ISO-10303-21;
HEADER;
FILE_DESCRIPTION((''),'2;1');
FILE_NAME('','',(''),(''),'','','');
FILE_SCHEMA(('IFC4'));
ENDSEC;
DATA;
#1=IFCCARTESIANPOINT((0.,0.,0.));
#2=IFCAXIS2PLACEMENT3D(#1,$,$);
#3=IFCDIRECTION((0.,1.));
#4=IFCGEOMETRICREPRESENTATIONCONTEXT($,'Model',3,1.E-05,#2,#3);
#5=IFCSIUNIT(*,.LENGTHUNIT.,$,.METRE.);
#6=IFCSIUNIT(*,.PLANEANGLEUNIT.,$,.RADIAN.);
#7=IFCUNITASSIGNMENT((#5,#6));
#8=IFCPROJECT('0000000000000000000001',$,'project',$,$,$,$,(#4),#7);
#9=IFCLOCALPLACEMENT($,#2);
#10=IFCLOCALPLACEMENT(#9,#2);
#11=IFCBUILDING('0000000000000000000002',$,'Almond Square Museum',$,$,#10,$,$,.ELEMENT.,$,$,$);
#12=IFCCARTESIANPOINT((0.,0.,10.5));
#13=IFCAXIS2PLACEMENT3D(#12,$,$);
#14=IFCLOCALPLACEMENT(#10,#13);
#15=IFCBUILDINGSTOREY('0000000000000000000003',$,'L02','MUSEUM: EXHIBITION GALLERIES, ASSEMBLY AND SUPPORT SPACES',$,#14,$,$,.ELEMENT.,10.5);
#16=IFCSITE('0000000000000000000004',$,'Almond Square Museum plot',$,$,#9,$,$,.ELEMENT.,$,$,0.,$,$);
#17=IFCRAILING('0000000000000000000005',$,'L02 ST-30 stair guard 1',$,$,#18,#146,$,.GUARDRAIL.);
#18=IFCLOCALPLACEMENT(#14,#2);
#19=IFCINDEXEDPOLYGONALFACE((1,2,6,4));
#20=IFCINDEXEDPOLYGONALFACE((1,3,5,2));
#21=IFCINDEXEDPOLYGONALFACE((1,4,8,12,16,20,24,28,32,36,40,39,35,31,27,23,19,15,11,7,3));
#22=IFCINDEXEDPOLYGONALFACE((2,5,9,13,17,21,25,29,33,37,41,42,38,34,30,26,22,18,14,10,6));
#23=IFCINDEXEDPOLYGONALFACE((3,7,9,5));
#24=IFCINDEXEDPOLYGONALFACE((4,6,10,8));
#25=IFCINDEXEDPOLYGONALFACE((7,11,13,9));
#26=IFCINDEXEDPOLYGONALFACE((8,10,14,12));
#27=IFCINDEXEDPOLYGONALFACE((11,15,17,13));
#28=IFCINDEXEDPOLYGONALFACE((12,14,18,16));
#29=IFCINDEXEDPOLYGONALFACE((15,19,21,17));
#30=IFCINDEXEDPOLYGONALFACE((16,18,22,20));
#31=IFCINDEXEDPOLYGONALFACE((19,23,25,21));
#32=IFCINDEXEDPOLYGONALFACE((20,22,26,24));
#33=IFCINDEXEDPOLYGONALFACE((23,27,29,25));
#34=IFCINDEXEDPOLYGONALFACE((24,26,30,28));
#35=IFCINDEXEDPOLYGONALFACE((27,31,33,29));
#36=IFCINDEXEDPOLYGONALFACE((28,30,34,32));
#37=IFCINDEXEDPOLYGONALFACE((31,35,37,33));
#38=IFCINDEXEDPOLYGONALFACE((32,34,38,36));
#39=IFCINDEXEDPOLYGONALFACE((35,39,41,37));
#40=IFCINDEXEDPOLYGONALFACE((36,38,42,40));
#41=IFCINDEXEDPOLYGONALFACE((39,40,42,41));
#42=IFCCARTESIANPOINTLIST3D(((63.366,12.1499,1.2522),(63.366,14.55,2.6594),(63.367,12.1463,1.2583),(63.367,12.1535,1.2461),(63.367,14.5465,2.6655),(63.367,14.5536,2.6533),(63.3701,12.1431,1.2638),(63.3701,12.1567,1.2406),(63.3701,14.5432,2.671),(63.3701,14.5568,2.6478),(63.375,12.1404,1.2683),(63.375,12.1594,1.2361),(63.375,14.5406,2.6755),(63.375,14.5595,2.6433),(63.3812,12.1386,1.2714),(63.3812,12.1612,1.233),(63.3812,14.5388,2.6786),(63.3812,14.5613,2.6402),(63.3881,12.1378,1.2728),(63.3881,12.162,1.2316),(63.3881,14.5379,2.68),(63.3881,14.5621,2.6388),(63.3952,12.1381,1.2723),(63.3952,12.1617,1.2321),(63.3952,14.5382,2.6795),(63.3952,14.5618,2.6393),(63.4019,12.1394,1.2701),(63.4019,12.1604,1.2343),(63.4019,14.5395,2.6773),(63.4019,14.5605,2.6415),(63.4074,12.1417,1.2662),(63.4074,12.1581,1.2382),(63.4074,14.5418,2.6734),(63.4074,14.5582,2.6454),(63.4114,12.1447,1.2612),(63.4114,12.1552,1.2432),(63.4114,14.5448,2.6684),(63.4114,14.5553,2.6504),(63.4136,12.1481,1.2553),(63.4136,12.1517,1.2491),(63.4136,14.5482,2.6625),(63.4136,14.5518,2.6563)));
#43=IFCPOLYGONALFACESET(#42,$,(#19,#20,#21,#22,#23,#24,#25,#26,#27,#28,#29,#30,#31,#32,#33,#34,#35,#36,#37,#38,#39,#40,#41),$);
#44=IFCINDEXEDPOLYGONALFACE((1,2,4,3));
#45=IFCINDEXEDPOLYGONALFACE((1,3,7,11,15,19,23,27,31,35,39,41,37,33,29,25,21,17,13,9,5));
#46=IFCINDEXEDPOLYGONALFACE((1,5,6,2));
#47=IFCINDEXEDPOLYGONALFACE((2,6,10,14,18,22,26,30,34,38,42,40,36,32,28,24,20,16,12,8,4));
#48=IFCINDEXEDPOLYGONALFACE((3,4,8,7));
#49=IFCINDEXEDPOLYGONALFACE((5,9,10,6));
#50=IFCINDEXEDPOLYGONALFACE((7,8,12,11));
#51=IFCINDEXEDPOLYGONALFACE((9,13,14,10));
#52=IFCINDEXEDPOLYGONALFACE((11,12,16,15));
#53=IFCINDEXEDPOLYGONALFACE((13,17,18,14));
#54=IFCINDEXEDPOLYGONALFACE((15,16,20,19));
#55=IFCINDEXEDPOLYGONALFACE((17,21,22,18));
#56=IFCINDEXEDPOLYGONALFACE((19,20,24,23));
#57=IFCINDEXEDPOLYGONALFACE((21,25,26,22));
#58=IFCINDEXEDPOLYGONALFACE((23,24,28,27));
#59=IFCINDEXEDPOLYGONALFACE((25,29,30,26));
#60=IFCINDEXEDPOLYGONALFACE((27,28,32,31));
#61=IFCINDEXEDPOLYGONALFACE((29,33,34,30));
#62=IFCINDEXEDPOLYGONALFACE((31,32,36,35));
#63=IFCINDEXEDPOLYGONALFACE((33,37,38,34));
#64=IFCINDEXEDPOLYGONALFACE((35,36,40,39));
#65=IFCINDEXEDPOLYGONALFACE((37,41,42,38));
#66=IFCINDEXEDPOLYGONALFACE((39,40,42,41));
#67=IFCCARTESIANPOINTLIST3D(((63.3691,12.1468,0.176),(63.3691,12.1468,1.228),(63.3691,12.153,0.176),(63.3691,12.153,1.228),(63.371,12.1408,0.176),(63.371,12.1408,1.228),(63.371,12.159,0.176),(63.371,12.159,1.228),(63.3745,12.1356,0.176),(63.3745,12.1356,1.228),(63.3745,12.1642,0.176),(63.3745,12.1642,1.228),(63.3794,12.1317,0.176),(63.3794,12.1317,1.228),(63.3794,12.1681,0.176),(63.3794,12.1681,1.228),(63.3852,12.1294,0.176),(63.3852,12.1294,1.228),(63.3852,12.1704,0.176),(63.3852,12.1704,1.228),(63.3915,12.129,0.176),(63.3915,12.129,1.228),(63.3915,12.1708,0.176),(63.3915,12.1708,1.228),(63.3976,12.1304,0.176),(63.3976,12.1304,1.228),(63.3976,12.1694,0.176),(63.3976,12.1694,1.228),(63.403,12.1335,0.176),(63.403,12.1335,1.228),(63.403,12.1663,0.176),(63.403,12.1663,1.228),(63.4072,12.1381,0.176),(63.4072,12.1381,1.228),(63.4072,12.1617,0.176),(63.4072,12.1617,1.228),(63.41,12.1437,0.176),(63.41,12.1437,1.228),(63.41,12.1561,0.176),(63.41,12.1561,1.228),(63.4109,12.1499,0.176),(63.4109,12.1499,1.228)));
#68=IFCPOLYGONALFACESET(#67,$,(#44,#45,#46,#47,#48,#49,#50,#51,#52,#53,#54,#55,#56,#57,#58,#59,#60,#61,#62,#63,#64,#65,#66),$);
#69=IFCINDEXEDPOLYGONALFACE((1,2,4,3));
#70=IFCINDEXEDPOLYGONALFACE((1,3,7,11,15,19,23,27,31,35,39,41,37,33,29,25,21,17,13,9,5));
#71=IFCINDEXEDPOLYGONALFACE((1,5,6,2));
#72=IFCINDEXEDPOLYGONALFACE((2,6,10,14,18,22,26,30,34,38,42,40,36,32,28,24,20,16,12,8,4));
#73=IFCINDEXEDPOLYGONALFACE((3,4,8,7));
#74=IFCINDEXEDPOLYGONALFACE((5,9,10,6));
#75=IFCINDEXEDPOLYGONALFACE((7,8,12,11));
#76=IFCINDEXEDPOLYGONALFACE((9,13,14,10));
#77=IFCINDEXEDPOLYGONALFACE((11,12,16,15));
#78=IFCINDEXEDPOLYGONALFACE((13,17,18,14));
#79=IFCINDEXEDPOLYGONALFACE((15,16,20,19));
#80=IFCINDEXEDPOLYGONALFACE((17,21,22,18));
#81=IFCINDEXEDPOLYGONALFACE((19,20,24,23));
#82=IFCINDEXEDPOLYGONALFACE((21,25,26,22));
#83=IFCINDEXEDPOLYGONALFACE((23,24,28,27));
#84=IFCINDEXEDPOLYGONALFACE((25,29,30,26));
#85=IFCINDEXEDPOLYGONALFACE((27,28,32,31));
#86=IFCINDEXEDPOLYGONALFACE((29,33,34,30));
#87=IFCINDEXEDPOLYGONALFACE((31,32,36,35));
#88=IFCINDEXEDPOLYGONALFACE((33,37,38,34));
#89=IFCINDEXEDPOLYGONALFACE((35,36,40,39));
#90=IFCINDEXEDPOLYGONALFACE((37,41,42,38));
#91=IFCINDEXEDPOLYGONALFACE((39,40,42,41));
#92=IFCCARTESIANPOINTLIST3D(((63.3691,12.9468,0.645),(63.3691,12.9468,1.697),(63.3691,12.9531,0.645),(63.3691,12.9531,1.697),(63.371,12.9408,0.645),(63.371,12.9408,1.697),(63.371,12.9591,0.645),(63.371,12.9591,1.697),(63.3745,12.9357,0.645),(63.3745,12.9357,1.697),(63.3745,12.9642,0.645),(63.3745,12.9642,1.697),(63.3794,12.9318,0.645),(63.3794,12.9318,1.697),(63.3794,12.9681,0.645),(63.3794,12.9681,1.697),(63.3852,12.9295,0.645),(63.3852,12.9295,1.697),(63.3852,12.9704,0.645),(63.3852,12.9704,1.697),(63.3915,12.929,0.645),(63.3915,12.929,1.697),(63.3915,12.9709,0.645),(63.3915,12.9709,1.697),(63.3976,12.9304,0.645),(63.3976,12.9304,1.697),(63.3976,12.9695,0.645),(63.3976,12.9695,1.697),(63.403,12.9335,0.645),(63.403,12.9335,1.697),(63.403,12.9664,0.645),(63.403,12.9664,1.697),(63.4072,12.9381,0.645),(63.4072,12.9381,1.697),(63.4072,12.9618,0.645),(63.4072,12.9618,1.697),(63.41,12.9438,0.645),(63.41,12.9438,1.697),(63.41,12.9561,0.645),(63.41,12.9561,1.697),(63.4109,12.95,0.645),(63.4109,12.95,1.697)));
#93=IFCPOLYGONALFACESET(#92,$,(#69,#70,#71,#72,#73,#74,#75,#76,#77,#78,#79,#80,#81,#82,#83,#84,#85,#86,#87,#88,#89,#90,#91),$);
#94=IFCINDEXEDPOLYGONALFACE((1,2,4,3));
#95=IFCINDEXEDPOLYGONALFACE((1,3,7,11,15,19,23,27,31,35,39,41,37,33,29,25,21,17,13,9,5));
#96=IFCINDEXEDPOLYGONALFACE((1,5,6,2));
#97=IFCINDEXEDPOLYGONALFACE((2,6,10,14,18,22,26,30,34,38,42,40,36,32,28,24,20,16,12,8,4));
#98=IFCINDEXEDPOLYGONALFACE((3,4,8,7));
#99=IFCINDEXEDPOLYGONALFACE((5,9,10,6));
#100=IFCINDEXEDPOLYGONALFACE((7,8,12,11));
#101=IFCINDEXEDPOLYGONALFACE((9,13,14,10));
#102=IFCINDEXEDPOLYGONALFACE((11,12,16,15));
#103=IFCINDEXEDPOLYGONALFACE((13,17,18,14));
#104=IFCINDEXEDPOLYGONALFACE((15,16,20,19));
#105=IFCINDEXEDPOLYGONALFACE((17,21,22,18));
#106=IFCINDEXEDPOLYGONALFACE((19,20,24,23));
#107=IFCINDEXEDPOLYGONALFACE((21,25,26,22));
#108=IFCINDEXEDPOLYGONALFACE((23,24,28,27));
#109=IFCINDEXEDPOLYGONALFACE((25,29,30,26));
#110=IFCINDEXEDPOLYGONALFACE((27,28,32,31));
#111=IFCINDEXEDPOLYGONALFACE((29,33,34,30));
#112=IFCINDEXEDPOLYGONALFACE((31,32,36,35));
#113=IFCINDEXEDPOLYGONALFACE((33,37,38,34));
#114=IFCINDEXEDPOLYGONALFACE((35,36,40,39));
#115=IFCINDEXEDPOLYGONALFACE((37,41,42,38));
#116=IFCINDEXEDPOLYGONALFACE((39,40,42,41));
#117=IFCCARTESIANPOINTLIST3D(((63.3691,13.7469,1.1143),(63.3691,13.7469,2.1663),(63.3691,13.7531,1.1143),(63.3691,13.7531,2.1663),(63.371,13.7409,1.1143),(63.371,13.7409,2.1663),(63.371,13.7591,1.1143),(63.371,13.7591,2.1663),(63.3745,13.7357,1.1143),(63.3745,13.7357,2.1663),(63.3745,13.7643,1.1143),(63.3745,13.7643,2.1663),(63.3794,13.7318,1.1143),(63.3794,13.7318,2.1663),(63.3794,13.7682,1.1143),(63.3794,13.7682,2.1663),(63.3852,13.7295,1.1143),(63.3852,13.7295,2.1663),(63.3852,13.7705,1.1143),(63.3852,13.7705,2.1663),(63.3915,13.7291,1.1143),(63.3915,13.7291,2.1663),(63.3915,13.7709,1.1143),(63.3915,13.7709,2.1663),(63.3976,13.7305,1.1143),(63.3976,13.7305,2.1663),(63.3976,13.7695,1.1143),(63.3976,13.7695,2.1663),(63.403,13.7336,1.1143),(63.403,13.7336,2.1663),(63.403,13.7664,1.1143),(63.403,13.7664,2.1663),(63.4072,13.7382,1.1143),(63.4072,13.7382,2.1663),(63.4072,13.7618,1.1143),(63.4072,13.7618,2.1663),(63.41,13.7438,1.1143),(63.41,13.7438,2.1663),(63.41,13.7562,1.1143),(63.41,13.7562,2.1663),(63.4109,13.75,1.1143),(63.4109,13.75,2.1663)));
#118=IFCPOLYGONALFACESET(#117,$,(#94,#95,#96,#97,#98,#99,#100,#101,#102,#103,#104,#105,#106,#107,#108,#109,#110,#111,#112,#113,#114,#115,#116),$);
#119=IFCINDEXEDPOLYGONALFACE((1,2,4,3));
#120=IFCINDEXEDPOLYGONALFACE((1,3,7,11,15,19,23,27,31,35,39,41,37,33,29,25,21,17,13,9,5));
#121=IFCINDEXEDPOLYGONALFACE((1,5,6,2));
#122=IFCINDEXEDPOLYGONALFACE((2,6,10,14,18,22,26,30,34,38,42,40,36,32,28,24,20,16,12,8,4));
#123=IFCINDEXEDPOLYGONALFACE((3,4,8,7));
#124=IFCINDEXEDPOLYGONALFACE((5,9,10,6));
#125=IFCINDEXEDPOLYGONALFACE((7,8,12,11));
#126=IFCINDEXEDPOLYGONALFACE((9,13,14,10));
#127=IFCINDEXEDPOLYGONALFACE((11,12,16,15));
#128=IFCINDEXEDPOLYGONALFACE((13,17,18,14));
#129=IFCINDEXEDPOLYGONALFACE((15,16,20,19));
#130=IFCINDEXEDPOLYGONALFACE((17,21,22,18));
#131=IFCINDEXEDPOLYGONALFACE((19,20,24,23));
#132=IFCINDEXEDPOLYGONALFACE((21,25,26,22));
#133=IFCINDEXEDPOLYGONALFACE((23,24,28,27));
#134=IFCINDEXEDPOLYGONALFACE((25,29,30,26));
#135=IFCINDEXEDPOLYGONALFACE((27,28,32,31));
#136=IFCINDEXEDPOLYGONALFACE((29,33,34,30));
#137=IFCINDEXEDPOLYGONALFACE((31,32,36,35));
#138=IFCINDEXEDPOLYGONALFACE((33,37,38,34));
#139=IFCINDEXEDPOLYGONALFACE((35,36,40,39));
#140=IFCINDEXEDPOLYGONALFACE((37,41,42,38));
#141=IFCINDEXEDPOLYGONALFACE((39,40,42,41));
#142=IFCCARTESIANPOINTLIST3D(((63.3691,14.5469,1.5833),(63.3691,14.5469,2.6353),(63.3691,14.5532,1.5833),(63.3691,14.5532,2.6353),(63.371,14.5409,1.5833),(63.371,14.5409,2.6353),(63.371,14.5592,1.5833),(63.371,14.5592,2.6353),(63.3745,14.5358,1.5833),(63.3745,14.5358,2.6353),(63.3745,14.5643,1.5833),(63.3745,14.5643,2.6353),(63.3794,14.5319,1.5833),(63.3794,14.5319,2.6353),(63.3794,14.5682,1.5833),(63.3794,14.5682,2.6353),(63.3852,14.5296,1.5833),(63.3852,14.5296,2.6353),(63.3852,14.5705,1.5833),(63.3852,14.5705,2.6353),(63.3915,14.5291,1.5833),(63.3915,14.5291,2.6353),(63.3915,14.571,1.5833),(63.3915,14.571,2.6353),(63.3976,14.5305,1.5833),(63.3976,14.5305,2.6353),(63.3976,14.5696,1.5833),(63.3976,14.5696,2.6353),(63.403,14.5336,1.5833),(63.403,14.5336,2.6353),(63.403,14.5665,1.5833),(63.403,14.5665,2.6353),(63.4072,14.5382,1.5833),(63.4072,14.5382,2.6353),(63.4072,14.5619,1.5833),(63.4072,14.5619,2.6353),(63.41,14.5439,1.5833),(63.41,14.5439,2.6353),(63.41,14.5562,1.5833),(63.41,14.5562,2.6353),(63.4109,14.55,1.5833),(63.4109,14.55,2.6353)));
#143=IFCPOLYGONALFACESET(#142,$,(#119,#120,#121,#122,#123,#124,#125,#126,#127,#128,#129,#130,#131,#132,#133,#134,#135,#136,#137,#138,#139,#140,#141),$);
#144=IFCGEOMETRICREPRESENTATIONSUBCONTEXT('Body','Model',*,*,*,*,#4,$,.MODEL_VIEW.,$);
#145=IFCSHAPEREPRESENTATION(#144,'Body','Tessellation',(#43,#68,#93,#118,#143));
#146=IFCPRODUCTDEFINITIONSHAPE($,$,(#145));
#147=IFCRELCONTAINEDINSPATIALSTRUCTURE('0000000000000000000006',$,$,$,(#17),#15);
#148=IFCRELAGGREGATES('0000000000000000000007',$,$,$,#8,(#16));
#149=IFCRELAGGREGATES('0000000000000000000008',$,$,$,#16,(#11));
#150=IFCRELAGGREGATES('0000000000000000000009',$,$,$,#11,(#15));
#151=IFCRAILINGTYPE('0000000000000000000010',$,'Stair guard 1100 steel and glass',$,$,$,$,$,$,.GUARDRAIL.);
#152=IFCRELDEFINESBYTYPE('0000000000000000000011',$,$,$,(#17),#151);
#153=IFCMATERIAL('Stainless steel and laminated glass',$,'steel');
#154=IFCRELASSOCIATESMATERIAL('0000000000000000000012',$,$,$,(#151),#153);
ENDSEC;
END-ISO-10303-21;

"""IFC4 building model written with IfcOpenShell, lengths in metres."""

from ifc_helpers import new_model, si_unit, direction, frame, origin, origin_2d, place, context, subcontext, project, spatial, circle, extrude, material, type_object, element, save


model = new_model("IFC4")

# Units and contexts
model_context = context("Model", 3, precision=1e-05, world=origin(), true_north=direction((0.0, 1.0)))
body_context = subcontext(model_context, "Body", "Model", "MODEL_VIEW")
ifc_project = project(units=[si_unit("LENGTHUNIT", "METRE"), si_unit("PLANEANGLEUNIT", "RADIAN")], contexts=[model_context])

# Site, building, storey
site_placement = place(None, origin())
site = spatial("IfcSite", under=ifc_project, at=site_placement, Name="Almond Square Museum plot", CompositionType="ELEMENT", RefElevation=0.0)
building_placement = place(site_placement, origin())
building = spatial("IfcBuilding", under=site, at=building_placement, Name="Almond Square Museum", CompositionType="ELEMENT")
storey_placement = place(building_placement, frame((0.0, 0.0, 10.5)))
storey = spatial("IfcBuildingStorey", under=building, at=storey_placement, Name="L02", Description="MUSEUM: EXHIBITION GALLERIES, ASSEMBLY AND SUPPORT SPACES", CompositionType="ELEMENT", Elevation=10.5)

# Railing
ifc_material_1 = material(Name="Stainless steel and laminated glass", Category="steel")
railing_type_1 = type_object("IfcRailingType", Name="Stair guard 1100 steel and glass", PredefinedType="GUARDRAIL", material=ifc_material_1)
railing_1_placement = place(storey_placement, frame((63.3899, 12.1499, 0.176)))
element("IfcRailing", 1, at=railing_1_placement, inside=storey, type_object=railing_type_1, Name="L02 ST-30 stair guard 1", PredefinedType="GUARDRAIL", context=body_context, shape_type="SweptSolid", body=[
    extrude(circle(Radius=0.0239, at=origin_2d()), frame((0.0, 0.0, 1.0762), z_axis=(0.0, 0.86266, 0.505785), x_axis=(-1.0, 0.0, 0.0)), (0.0, 0.0, 1.0), 2.7822),
    extrude(circle(Radius=0.021, at=origin_2d()), origin(), (0.0, 0.0, 1.0), 1.052),
    extrude(circle(Radius=0.021, at=origin_2d()), frame((0.0, 0.8, 0.469)), (0.0, 0.0, 1.0), 1.052),
    extrude(circle(Radius=0.021, at=origin_2d()), frame((0.0, 1.6001, 0.9382)), (0.0, 0.0, 1.0), 1.052),
    extrude(circle(Radius=0.021, at=origin_2d()), frame((0.0, 2.4001, 1.4072)), (0.0, 0.0, 1.0), 1.052),
])

save(model, "model.ifc")
